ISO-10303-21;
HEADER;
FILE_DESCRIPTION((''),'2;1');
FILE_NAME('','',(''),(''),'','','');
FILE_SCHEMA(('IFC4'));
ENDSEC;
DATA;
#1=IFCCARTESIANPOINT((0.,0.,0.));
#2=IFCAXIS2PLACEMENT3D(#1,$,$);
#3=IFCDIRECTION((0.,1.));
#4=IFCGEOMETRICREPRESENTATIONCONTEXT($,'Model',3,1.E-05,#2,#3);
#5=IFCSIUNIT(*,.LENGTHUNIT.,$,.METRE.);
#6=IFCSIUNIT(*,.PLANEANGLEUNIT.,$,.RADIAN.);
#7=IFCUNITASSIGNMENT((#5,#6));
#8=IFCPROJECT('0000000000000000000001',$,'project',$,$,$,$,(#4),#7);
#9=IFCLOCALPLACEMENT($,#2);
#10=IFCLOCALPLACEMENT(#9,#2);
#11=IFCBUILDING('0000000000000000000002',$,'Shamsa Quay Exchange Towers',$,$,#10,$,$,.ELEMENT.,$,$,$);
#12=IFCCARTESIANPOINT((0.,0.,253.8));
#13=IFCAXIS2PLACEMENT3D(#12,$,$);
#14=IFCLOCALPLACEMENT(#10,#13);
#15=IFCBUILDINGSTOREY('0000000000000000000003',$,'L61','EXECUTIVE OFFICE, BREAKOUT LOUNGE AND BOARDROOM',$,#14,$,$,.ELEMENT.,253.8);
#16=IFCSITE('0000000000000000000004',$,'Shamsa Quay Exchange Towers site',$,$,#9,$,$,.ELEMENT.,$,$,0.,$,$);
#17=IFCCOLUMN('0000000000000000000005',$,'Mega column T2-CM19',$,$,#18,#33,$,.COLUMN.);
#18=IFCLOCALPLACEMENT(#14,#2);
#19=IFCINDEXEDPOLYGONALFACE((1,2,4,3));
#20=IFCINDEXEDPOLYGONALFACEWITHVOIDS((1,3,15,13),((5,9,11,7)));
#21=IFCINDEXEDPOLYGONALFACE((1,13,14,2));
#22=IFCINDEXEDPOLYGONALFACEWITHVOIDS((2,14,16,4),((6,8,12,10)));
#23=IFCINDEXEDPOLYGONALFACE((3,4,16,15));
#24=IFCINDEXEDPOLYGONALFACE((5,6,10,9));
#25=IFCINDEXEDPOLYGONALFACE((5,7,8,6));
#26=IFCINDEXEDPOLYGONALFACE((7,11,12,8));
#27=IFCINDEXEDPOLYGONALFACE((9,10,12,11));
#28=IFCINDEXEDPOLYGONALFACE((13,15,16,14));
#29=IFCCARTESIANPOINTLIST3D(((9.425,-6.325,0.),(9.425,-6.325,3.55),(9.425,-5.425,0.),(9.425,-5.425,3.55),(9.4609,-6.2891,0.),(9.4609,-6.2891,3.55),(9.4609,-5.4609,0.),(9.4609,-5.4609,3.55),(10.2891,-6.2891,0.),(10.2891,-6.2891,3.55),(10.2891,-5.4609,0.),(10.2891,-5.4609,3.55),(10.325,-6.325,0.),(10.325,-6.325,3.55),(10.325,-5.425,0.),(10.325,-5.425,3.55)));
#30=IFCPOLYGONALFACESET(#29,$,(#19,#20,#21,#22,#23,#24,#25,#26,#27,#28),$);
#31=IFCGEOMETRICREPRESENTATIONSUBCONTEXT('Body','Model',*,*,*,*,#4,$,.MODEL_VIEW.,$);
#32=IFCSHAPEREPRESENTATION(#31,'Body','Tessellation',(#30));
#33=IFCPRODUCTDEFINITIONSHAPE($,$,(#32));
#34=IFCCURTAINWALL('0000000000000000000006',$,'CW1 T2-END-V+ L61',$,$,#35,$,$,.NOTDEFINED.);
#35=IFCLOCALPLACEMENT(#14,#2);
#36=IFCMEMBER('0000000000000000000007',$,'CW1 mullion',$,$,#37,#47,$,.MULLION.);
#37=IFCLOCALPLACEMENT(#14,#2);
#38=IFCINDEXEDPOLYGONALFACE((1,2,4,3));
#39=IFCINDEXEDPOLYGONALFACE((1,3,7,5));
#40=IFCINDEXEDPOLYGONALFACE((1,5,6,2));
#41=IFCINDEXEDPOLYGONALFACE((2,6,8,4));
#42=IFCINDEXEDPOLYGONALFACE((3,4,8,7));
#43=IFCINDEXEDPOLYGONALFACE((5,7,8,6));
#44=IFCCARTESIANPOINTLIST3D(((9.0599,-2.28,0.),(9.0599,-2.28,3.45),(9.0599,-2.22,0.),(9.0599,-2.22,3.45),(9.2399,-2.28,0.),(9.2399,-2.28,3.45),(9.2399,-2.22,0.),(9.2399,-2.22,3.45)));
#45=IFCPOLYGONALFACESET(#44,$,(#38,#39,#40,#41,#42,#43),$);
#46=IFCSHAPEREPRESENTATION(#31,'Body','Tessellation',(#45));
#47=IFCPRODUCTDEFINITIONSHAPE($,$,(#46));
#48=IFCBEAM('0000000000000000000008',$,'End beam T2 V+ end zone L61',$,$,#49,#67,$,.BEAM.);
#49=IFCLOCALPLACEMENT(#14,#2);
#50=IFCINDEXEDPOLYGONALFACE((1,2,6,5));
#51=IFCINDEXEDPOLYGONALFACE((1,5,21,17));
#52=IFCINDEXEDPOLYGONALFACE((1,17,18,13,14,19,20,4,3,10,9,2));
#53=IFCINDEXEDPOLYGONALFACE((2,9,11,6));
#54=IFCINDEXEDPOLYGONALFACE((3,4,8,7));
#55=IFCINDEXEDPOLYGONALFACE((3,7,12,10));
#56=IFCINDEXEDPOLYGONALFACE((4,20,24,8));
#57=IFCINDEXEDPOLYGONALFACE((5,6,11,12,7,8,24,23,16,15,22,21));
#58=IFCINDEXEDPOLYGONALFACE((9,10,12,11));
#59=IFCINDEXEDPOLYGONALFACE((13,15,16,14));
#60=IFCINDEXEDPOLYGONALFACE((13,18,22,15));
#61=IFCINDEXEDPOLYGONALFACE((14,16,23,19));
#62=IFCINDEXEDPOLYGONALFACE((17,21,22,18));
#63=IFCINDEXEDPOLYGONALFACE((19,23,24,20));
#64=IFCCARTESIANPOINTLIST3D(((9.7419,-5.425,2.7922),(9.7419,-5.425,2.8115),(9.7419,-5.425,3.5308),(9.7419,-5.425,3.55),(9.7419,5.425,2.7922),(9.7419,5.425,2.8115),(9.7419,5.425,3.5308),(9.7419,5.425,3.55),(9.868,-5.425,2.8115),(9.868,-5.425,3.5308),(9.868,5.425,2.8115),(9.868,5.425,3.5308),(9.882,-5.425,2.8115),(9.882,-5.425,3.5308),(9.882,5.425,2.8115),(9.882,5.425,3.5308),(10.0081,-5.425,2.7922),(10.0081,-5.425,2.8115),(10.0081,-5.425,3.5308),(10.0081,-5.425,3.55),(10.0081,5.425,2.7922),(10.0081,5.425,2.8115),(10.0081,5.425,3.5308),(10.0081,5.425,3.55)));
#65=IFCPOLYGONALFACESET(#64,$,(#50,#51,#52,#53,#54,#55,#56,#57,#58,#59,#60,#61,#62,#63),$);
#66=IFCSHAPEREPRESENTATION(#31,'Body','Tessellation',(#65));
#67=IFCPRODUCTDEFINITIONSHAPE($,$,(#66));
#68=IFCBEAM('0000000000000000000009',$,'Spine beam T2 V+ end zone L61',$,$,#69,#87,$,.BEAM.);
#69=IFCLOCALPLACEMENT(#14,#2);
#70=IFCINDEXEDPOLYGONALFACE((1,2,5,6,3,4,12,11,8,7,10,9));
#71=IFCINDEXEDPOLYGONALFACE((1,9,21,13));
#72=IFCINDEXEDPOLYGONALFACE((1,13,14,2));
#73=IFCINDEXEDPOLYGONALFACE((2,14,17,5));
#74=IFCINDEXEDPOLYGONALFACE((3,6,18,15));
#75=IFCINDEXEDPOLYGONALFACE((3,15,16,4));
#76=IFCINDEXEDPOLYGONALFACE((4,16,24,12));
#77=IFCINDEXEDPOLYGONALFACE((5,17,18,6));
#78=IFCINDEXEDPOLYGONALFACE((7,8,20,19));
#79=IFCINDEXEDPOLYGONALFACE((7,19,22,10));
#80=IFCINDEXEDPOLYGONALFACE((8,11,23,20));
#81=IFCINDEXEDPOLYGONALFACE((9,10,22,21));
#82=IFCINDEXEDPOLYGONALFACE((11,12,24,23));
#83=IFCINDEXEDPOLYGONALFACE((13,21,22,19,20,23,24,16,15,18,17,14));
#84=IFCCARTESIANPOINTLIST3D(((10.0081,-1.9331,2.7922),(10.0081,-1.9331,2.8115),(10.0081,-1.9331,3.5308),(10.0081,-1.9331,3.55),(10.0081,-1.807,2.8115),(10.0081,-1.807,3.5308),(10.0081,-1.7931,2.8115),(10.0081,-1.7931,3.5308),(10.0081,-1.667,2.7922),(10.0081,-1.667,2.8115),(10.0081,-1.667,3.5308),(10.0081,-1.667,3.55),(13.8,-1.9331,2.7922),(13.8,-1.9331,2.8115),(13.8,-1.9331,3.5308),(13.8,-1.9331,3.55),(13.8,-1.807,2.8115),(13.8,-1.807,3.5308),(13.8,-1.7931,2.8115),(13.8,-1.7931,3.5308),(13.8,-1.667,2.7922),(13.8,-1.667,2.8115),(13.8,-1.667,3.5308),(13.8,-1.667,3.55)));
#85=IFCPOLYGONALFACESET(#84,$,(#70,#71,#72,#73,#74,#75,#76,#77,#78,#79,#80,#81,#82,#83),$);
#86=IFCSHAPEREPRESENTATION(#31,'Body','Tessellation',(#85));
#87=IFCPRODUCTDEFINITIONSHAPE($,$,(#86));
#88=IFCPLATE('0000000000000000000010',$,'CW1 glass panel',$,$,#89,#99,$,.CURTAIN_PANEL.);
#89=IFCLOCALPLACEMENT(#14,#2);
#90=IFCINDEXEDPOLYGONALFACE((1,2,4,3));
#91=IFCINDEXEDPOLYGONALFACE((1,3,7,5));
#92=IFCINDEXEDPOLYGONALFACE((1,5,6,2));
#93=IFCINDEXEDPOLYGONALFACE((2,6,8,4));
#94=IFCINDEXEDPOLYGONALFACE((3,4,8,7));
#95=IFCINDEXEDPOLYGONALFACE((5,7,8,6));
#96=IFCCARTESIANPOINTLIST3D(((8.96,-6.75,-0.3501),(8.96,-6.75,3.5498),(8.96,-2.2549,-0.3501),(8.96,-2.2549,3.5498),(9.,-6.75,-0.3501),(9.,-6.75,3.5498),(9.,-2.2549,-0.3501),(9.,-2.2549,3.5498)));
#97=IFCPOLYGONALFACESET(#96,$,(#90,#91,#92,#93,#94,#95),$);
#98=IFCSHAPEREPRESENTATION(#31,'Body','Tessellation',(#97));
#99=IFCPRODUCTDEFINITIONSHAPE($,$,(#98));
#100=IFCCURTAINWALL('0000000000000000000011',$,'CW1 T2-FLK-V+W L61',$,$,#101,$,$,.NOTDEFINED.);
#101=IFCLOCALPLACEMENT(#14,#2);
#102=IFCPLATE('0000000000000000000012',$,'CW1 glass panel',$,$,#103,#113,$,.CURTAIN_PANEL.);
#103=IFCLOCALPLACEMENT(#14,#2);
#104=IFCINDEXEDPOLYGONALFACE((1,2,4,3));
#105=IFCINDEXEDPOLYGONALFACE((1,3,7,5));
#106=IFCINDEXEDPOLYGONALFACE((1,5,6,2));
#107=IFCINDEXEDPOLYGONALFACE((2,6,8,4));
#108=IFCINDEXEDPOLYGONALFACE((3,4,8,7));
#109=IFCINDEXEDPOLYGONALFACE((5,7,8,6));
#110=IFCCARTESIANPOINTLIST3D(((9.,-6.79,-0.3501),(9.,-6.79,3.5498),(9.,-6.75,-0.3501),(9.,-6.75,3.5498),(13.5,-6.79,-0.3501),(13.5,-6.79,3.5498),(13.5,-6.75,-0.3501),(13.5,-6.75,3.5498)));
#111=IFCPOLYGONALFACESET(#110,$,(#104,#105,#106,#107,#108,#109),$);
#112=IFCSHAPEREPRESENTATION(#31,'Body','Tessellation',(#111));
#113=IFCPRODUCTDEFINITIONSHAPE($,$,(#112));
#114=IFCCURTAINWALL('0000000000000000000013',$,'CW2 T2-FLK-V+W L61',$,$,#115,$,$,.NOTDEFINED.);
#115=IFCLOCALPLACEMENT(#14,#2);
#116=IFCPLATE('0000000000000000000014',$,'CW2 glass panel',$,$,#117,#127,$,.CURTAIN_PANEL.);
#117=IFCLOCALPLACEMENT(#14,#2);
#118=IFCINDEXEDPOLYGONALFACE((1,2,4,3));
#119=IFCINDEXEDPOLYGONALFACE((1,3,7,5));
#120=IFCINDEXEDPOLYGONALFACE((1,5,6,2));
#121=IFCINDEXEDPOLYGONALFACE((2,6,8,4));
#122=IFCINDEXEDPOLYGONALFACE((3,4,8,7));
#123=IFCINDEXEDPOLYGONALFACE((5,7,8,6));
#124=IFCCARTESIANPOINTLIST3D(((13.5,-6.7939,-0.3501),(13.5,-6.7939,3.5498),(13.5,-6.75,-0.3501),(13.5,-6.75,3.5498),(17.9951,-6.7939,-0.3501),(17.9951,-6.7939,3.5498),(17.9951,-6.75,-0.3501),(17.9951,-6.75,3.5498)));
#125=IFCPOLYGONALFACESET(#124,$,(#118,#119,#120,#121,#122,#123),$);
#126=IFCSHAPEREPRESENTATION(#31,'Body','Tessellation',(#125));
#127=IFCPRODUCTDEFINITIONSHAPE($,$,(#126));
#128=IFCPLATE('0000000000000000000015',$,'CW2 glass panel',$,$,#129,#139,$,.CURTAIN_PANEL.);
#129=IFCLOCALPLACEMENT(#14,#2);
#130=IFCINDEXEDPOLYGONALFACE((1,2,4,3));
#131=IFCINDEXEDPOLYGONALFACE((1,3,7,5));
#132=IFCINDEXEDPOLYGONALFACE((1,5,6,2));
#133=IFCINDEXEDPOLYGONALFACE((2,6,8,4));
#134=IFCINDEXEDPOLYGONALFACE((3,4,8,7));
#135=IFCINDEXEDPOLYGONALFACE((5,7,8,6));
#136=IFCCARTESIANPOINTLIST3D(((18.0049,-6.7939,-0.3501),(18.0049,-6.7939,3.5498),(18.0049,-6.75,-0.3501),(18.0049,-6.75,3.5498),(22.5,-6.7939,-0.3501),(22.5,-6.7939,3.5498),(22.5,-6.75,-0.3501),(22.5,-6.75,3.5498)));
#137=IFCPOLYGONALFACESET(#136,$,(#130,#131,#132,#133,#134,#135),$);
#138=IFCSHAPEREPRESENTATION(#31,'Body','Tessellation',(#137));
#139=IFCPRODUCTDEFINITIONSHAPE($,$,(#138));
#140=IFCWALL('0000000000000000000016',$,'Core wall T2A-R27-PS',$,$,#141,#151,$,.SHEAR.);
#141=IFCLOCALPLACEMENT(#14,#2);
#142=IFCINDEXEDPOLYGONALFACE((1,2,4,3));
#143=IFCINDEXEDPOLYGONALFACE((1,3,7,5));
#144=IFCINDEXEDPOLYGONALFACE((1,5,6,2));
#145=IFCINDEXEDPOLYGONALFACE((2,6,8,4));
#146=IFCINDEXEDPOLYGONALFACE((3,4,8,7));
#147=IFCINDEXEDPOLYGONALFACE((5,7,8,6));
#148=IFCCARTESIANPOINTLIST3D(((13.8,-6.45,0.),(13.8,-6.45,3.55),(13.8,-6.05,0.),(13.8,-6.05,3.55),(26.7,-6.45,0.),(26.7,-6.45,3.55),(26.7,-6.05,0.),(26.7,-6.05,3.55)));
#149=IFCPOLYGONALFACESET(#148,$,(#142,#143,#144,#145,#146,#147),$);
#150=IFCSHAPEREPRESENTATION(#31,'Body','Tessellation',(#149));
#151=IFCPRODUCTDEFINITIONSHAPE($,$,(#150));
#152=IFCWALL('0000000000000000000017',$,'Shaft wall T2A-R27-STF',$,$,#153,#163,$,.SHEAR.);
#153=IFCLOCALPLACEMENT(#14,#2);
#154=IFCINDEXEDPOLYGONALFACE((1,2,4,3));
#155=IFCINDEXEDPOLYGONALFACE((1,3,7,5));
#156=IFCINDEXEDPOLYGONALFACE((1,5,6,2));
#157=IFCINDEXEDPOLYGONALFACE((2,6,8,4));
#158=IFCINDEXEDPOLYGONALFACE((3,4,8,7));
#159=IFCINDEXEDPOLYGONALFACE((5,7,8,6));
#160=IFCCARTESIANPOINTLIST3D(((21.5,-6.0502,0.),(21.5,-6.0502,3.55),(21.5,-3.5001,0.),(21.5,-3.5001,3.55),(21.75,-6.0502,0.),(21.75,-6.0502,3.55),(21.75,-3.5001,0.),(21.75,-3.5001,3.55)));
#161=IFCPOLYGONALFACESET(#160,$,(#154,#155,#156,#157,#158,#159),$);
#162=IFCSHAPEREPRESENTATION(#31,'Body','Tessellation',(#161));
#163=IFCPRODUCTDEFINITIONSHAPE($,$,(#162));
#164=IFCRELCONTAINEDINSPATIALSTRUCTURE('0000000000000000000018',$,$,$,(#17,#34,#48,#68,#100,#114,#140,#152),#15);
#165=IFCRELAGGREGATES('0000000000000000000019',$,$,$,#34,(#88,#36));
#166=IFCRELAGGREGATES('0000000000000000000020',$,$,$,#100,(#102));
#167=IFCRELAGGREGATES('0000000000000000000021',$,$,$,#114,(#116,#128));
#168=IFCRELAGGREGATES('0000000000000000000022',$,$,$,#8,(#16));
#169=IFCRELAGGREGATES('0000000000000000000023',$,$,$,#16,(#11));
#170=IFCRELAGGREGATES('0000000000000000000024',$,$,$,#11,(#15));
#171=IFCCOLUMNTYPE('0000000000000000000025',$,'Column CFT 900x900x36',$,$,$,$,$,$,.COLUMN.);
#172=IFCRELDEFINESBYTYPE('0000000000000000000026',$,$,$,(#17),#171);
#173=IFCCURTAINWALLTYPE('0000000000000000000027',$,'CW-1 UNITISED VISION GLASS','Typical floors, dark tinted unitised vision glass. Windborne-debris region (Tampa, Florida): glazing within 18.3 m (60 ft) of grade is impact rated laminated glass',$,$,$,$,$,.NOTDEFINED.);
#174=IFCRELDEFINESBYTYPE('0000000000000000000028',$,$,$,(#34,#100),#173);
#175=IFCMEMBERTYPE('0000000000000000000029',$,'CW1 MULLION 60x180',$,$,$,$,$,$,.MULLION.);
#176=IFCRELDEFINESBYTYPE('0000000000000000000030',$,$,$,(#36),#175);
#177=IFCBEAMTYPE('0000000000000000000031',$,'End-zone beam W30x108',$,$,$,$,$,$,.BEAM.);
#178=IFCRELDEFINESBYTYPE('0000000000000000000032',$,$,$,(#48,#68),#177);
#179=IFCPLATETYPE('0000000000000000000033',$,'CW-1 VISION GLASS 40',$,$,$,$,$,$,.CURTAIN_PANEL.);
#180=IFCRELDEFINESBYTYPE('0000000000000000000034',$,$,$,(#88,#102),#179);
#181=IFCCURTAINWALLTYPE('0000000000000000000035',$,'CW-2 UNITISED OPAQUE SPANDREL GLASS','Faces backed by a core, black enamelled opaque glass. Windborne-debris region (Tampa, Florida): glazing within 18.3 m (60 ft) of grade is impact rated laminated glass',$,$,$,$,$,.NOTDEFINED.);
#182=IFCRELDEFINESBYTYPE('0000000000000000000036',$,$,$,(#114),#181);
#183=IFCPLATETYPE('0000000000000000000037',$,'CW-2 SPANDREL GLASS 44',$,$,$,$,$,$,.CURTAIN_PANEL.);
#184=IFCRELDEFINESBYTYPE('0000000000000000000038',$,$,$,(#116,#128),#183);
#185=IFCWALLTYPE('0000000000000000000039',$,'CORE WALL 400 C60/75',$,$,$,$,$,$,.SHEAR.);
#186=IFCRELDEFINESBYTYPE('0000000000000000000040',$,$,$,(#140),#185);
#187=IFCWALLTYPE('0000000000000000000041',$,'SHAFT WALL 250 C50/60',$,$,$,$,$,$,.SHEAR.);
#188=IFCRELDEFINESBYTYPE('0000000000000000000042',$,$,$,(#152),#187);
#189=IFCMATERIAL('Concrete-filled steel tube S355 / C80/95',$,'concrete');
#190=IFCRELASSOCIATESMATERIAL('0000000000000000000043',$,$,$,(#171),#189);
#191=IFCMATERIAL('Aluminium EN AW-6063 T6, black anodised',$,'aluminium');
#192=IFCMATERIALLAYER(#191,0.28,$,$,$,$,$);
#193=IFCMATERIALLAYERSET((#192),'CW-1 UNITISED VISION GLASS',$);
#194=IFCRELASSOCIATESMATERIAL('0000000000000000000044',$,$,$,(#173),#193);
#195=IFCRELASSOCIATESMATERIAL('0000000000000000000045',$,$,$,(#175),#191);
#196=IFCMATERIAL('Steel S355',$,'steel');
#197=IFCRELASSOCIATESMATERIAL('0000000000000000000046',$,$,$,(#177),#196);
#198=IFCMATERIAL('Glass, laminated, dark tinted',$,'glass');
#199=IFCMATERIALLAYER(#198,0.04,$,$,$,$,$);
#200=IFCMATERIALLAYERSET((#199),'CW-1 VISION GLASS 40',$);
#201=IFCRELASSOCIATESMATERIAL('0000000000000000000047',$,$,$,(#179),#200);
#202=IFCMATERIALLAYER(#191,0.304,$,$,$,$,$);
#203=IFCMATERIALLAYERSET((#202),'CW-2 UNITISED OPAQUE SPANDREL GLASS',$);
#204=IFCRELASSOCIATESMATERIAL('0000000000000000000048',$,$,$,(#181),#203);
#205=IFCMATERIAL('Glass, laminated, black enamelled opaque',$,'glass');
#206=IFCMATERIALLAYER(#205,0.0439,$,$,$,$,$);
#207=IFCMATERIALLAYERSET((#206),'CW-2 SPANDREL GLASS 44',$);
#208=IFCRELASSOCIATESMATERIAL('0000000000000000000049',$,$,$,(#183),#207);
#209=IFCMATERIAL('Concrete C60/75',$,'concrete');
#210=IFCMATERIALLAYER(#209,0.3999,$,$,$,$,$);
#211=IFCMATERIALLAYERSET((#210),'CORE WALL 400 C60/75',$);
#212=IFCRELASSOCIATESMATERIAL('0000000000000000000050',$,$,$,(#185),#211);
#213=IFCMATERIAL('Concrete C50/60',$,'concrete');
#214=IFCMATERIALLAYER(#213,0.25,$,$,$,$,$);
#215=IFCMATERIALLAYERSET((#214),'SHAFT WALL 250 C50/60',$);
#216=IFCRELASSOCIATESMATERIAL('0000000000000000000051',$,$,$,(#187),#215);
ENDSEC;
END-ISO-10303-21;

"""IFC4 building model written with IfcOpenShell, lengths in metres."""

from ifc_helpers import new_model, si_unit, direction, frame, frame_2d, origin, origin_2d, place, context, subcontext, project, spatial, rectangle, hollow_rectangle, i_section, extrude, material, layer, layer_set, material_profile, profile_set, type_object, element, aggregate, save


model = new_model("IFC4")

# Units and contexts
model_context = context("Model", 3, precision=1e-05, world=origin(), true_north=direction((0.0, 1.0)))
body_context = subcontext(model_context, "Body", "Model", "MODEL_VIEW")
ifc_project = project(units=[si_unit("LENGTHUNIT", "METRE"), si_unit("PLANEANGLEUNIT", "RADIAN")], contexts=[model_context])

# Site, building, storey
site_placement = place(None, origin())
site = spatial("IfcSite", under=ifc_project, at=site_placement, Name="Shamsa Quay Exchange Towers site", CompositionType="ELEMENT", RefElevation=0.0)
building_placement = place(site_placement, origin())
building = spatial("IfcBuilding", under=site, at=building_placement, Name="Shamsa Quay Exchange Towers", CompositionType="ELEMENT")
storey_placement = place(building_placement, frame((0.0, 0.0, 253.8)))
storey = spatial("IfcBuildingStorey", under=building, at=storey_placement, Name="L61", Description="EXECUTIVE OFFICE, BREAKOUT LOUNGE AND BOARDROOM", CompositionType="ELEMENT", Elevation=253.8)

# Column
ifc_material_1 = material(Name="Concrete-filled steel tube S355 / C80/95", Category="concrete")
ifc_material_profile_1 = material_profile(ifc_material_1, hollow_rectangle(XDim=0.8999, YDim=0.8999, WallThickness=0.0359, at=origin_2d()), Name="CFT 900x900x36")
ifc_profile_set_1 = profile_set([ifc_material_profile_1], Name="Concrete-filled steel tube S355 / C80/95")
column_type = type_object("IfcColumnType", Name="Column CFT 900x900x36", PredefinedType="COLUMN", material=ifc_profile_set_1)
column_placement = place(storey_placement, frame((9.875, -5.875, 0.0)))
element("IfcColumn", 1, at=column_placement, inside=storey, type_object=column_type, Name="Mega column T2-CM19", PredefinedType="COLUMN", context=body_context, shape_type="SweptSolid", body=[
    extrude(hollow_rectangle(XDim=0.8999, YDim=0.8999, WallThickness=0.0359, at=origin_2d()), origin(), (0.0, 0.0, 1.0), 3.55),
])

# Curtain wall, member
ifc_material_2 = material(Name="Aluminium EN AW-6063 T6, black anodised", Category="aluminium")
ifc_layer_1 = layer(ifc_material_2, 0.28)
ifc_layer_set_1 = layer_set([ifc_layer_1], Name="CW-1 UNITISED VISION GLASS")
curtain_wall_type_1 = type_object("IfcCurtainWallType", Name="CW-1 UNITISED VISION GLASS", Description="Typical floors, dark tinted unitised vision glass. Windborne-debris region (Tampa, Florida): glazing within 18.3 m (60 ft) of grade is impact rated laminated glass", PredefinedType="NOTDEFINED", material=ifc_layer_set_1)
curtain_wall_1_placement = place(storey_placement, origin())
curtain_wall_1 = element("IfcCurtainWall", 2, at=curtain_wall_1_placement, inside=storey, type_object=curtain_wall_type_1, Name="CW1 T2-END-V+ L61", PredefinedType="NOTDEFINED")
ifc_material_profile_2 = material_profile(ifc_material_2, rectangle(XDim=0.1799, YDim=0.0601, at=origin_2d()), Name="MU60x180")
ifc_profile_set_2 = profile_set([ifc_material_profile_2], Name="Aluminium EN AW-6063 T6, black anodised")
member_type = type_object("IfcMemberType", Name="CW1 MULLION 60x180", PredefinedType="MULLION", material=ifc_profile_set_2)
member_placement = place(storey_placement, frame((9.1499, -2.25, 0.0)))
member = element("IfcMember", 3, at=member_placement, type_object=member_type, Name="CW1 mullion", PredefinedType="MULLION", context=body_context, shape_type="SweptSolid", body=[
    extrude(rectangle(XDim=0.1799, YDim=0.0601, at=origin_2d()), origin(), (0.0, 0.0, 1.0), 3.45),
])

# Beams
ifc_material_3 = material(Name="Steel S355", Category="steel")
ifc_material_profile_3 = material_profile(ifc_material_3, i_section(OverallWidth=0.2661, OverallDepth=0.7578, WebThickness=0.0139, FlangeThickness=0.0193, at=origin_2d()), Name="W30x108")
ifc_profile_set_3 = profile_set([ifc_material_profile_3], Name="Steel S355")
beam_type = type_object("IfcBeamType", Name="End-zone beam W30x108", PredefinedType="BEAM", material=ifc_profile_set_3)
beam_1_placement = place(storey_placement, frame((9.875, -5.425, 3.1711), z_axis=(0.0, 1.0, 0.0), x_axis=(-1.0, 0.0, 0.0)))
element("IfcBeam", 4, at=beam_1_placement, inside=storey, type_object=beam_type, Name="End beam T2 V+ end zone L61", PredefinedType="BEAM", context=body_context, shape_type="SweptSolid", body=[
    extrude(i_section(OverallWidth=0.2661, OverallDepth=0.7578, WebThickness=0.0139, FlangeThickness=0.0193, at=origin_2d()), origin(), (0.0, 0.0, 1.0), 10.8501),
])
beam_2_placement = place(storey_placement, frame((13.8, -1.8, 3.1711), z_axis=(-1.0, 0.0, 0.0), x_axis=(0.0, -1.0, 0.0)))
element("IfcBeam", 5, at=beam_2_placement, inside=storey, type_object=beam_type, Name="Spine beam T2 V+ end zone L61", PredefinedType="BEAM", context=body_context, shape_type="SweptSolid", body=[
    extrude(i_section(OverallWidth=0.2661, OverallDepth=0.7578, WebThickness=0.0139, FlangeThickness=0.0193, at=origin_2d()), origin(), (0.0, 0.0, 1.0), 3.792),
])

# Plate
ifc_material_4 = material(Name="Glass, laminated, dark tinted", Category="glass")
ifc_layer_2 = layer(ifc_material_4, 0.04)
ifc_layer_set_2 = layer_set([ifc_layer_2], Name="CW-1 VISION GLASS 40")
plate_type_1 = type_object("IfcPlateType", Name="CW-1 VISION GLASS 40", PredefinedType="CURTAIN_PANEL", material=ifc_layer_set_2)
plate_1_placement = place(storey_placement, frame((8.98, -4.5024, -0.3501), z_axis=(0.0, 0.0, 1.0), x_axis=(0.0, -1.0, 0.0)))
plate_1 = element("IfcPlate", 6, at=plate_1_placement, type_object=plate_type_1, Name="CW1 glass panel", PredefinedType="CURTAIN_PANEL", context=body_context, shape_type="SweptSolid", body=[
    extrude(rectangle(XDim=4.4951, YDim=0.04, at=origin_2d()), origin(), (0.0, 0.0, 1.0), 3.8999),
])
aggregate(curtain_wall_1, [plate_1, member])

# Curtain wall, plate
curtain_wall_2_placement = place(storey_placement, origin())
curtain_wall_2 = element("IfcCurtainWall", 7, at=curtain_wall_2_placement, inside=storey, type_object=curtain_wall_type_1, Name="CW1 T2-FLK-V+W L61", PredefinedType="NOTDEFINED")
plate_2_placement = place(storey_placement, frame((11.25, -6.77, -0.3501)))
plate_2 = element("IfcPlate", 8, at=plate_2_placement, type_object=plate_type_1, Name="CW1 glass panel", PredefinedType="CURTAIN_PANEL", context=body_context, shape_type="SweptSolid", body=[
    extrude(rectangle(XDim=4.5, YDim=0.04, at=origin_2d()), origin(), (0.0, 0.0, 1.0), 3.8999),
])
aggregate(curtain_wall_2, [plate_2])

# Curtain wall, plates
ifc_layer_3 = layer(ifc_material_2, 0.304)
ifc_layer_set_3 = layer_set([ifc_layer_3], Name="CW-2 UNITISED OPAQUE SPANDREL GLASS")
curtain_wall_type_2 = type_object("IfcCurtainWallType", Name="CW-2 UNITISED OPAQUE SPANDREL GLASS", Description="Faces backed by a core, black enamelled opaque glass. Windborne-debris region (Tampa, Florida): glazing within 18.3 m (60 ft) of grade is impact rated laminated glass", PredefinedType="NOTDEFINED", material=ifc_layer_set_3)
curtain_wall_3_placement = place(storey_placement, origin())
curtain_wall_3 = element("IfcCurtainWall", 9, at=curtain_wall_3_placement, inside=storey, type_object=curtain_wall_type_2, Name="CW2 T2-FLK-V+W L61", PredefinedType="NOTDEFINED")
ifc_material_5 = material(Name="Glass, laminated, black enamelled opaque", Category="glass")
ifc_layer_4 = layer(ifc_material_5, 0.0439)
ifc_layer_set_4 = layer_set([ifc_layer_4], Name="CW-2 SPANDREL GLASS 44")
plate_type_2 = type_object("IfcPlateType", Name="CW-2 SPANDREL GLASS 44", PredefinedType="CURTAIN_PANEL", material=ifc_layer_set_4)
plate_3_placement = place(storey_placement, frame((15.7476, -6.772, -0.3501)))
plate_3 = element("IfcPlate", 10, at=plate_3_placement, type_object=plate_type_2, Name="CW2 glass panel", PredefinedType="CURTAIN_PANEL", context=body_context, shape_type="SweptSolid", body=[
    extrude(rectangle(XDim=4.4951, YDim=0.0439, at=origin_2d()), origin(), (0.0, 0.0, 1.0), 3.8999),
])
plate_4_placement = place(storey_placement, frame((20.2524, -6.772, -0.3501)))
plate_4 = element("IfcPlate", 11, at=plate_4_placement, type_object=plate_type_2, Name="CW2 glass panel", PredefinedType="CURTAIN_PANEL", context=body_context, shape_type="SweptSolid", body=[
    extrude(rectangle(XDim=4.4951, YDim=0.0439, at=origin_2d()), origin(), (0.0, 0.0, 1.0), 3.8999),
])
aggregate(curtain_wall_3, [plate_3, plate_4])

# Walls
ifc_material_6 = material(Name="Concrete C60/75", Category="concrete")
ifc_layer_5 = layer(ifc_material_6, 0.3999)
ifc_layer_set_5 = layer_set([ifc_layer_5], Name="CORE WALL 400 C60/75")
wall_type_1 = type_object("IfcWallType", Name="CORE WALL 400 C60/75", PredefinedType="SHEAR", material=ifc_layer_set_5)
wall_1_placement = place(storey_placement, frame((13.8, -6.25, 0.0)))
element("IfcWall", 12, at=wall_1_placement, inside=storey, type_object=wall_type_1, Name="Core wall T2A-R27-PS", PredefinedType="SHEAR", context=body_context, shape_type="SweptSolid", body=[
    extrude(rectangle(XDim=12.8999, YDim=0.3999, at=frame_2d((6.45, 0.0))), origin(), (0.0, 0.0, 1.0), 3.55),
])
ifc_material_7 = material(Name="Concrete C50/60", Category="concrete")
ifc_layer_6 = layer(ifc_material_7, 0.25)
ifc_layer_set_6 = layer_set([ifc_layer_6], Name="SHAFT WALL 250 C50/60")
wall_type_2 = type_object("IfcWallType", Name="SHAFT WALL 250 C50/60", PredefinedType="SHEAR", material=ifc_layer_set_6)
wall_2_placement = place(storey_placement, frame((21.625, -6.05, 0.0), z_axis=(0.0, 0.0, 1.0), x_axis=(0.0, 1.0, 0.0)))
element("IfcWall", 13, at=wall_2_placement, inside=storey, type_object=wall_type_2, Name="Shaft wall T2A-R27-STF", PredefinedType="SHEAR", context=body_context, shape_type="SweptSolid", body=[
    extrude(rectangle(XDim=2.55, YDim=0.25, at=frame_2d((1.2749, 0.0))), origin(), (0.0, 0.0, 1.0), 3.55),
])

save(model, "model.ifc")
